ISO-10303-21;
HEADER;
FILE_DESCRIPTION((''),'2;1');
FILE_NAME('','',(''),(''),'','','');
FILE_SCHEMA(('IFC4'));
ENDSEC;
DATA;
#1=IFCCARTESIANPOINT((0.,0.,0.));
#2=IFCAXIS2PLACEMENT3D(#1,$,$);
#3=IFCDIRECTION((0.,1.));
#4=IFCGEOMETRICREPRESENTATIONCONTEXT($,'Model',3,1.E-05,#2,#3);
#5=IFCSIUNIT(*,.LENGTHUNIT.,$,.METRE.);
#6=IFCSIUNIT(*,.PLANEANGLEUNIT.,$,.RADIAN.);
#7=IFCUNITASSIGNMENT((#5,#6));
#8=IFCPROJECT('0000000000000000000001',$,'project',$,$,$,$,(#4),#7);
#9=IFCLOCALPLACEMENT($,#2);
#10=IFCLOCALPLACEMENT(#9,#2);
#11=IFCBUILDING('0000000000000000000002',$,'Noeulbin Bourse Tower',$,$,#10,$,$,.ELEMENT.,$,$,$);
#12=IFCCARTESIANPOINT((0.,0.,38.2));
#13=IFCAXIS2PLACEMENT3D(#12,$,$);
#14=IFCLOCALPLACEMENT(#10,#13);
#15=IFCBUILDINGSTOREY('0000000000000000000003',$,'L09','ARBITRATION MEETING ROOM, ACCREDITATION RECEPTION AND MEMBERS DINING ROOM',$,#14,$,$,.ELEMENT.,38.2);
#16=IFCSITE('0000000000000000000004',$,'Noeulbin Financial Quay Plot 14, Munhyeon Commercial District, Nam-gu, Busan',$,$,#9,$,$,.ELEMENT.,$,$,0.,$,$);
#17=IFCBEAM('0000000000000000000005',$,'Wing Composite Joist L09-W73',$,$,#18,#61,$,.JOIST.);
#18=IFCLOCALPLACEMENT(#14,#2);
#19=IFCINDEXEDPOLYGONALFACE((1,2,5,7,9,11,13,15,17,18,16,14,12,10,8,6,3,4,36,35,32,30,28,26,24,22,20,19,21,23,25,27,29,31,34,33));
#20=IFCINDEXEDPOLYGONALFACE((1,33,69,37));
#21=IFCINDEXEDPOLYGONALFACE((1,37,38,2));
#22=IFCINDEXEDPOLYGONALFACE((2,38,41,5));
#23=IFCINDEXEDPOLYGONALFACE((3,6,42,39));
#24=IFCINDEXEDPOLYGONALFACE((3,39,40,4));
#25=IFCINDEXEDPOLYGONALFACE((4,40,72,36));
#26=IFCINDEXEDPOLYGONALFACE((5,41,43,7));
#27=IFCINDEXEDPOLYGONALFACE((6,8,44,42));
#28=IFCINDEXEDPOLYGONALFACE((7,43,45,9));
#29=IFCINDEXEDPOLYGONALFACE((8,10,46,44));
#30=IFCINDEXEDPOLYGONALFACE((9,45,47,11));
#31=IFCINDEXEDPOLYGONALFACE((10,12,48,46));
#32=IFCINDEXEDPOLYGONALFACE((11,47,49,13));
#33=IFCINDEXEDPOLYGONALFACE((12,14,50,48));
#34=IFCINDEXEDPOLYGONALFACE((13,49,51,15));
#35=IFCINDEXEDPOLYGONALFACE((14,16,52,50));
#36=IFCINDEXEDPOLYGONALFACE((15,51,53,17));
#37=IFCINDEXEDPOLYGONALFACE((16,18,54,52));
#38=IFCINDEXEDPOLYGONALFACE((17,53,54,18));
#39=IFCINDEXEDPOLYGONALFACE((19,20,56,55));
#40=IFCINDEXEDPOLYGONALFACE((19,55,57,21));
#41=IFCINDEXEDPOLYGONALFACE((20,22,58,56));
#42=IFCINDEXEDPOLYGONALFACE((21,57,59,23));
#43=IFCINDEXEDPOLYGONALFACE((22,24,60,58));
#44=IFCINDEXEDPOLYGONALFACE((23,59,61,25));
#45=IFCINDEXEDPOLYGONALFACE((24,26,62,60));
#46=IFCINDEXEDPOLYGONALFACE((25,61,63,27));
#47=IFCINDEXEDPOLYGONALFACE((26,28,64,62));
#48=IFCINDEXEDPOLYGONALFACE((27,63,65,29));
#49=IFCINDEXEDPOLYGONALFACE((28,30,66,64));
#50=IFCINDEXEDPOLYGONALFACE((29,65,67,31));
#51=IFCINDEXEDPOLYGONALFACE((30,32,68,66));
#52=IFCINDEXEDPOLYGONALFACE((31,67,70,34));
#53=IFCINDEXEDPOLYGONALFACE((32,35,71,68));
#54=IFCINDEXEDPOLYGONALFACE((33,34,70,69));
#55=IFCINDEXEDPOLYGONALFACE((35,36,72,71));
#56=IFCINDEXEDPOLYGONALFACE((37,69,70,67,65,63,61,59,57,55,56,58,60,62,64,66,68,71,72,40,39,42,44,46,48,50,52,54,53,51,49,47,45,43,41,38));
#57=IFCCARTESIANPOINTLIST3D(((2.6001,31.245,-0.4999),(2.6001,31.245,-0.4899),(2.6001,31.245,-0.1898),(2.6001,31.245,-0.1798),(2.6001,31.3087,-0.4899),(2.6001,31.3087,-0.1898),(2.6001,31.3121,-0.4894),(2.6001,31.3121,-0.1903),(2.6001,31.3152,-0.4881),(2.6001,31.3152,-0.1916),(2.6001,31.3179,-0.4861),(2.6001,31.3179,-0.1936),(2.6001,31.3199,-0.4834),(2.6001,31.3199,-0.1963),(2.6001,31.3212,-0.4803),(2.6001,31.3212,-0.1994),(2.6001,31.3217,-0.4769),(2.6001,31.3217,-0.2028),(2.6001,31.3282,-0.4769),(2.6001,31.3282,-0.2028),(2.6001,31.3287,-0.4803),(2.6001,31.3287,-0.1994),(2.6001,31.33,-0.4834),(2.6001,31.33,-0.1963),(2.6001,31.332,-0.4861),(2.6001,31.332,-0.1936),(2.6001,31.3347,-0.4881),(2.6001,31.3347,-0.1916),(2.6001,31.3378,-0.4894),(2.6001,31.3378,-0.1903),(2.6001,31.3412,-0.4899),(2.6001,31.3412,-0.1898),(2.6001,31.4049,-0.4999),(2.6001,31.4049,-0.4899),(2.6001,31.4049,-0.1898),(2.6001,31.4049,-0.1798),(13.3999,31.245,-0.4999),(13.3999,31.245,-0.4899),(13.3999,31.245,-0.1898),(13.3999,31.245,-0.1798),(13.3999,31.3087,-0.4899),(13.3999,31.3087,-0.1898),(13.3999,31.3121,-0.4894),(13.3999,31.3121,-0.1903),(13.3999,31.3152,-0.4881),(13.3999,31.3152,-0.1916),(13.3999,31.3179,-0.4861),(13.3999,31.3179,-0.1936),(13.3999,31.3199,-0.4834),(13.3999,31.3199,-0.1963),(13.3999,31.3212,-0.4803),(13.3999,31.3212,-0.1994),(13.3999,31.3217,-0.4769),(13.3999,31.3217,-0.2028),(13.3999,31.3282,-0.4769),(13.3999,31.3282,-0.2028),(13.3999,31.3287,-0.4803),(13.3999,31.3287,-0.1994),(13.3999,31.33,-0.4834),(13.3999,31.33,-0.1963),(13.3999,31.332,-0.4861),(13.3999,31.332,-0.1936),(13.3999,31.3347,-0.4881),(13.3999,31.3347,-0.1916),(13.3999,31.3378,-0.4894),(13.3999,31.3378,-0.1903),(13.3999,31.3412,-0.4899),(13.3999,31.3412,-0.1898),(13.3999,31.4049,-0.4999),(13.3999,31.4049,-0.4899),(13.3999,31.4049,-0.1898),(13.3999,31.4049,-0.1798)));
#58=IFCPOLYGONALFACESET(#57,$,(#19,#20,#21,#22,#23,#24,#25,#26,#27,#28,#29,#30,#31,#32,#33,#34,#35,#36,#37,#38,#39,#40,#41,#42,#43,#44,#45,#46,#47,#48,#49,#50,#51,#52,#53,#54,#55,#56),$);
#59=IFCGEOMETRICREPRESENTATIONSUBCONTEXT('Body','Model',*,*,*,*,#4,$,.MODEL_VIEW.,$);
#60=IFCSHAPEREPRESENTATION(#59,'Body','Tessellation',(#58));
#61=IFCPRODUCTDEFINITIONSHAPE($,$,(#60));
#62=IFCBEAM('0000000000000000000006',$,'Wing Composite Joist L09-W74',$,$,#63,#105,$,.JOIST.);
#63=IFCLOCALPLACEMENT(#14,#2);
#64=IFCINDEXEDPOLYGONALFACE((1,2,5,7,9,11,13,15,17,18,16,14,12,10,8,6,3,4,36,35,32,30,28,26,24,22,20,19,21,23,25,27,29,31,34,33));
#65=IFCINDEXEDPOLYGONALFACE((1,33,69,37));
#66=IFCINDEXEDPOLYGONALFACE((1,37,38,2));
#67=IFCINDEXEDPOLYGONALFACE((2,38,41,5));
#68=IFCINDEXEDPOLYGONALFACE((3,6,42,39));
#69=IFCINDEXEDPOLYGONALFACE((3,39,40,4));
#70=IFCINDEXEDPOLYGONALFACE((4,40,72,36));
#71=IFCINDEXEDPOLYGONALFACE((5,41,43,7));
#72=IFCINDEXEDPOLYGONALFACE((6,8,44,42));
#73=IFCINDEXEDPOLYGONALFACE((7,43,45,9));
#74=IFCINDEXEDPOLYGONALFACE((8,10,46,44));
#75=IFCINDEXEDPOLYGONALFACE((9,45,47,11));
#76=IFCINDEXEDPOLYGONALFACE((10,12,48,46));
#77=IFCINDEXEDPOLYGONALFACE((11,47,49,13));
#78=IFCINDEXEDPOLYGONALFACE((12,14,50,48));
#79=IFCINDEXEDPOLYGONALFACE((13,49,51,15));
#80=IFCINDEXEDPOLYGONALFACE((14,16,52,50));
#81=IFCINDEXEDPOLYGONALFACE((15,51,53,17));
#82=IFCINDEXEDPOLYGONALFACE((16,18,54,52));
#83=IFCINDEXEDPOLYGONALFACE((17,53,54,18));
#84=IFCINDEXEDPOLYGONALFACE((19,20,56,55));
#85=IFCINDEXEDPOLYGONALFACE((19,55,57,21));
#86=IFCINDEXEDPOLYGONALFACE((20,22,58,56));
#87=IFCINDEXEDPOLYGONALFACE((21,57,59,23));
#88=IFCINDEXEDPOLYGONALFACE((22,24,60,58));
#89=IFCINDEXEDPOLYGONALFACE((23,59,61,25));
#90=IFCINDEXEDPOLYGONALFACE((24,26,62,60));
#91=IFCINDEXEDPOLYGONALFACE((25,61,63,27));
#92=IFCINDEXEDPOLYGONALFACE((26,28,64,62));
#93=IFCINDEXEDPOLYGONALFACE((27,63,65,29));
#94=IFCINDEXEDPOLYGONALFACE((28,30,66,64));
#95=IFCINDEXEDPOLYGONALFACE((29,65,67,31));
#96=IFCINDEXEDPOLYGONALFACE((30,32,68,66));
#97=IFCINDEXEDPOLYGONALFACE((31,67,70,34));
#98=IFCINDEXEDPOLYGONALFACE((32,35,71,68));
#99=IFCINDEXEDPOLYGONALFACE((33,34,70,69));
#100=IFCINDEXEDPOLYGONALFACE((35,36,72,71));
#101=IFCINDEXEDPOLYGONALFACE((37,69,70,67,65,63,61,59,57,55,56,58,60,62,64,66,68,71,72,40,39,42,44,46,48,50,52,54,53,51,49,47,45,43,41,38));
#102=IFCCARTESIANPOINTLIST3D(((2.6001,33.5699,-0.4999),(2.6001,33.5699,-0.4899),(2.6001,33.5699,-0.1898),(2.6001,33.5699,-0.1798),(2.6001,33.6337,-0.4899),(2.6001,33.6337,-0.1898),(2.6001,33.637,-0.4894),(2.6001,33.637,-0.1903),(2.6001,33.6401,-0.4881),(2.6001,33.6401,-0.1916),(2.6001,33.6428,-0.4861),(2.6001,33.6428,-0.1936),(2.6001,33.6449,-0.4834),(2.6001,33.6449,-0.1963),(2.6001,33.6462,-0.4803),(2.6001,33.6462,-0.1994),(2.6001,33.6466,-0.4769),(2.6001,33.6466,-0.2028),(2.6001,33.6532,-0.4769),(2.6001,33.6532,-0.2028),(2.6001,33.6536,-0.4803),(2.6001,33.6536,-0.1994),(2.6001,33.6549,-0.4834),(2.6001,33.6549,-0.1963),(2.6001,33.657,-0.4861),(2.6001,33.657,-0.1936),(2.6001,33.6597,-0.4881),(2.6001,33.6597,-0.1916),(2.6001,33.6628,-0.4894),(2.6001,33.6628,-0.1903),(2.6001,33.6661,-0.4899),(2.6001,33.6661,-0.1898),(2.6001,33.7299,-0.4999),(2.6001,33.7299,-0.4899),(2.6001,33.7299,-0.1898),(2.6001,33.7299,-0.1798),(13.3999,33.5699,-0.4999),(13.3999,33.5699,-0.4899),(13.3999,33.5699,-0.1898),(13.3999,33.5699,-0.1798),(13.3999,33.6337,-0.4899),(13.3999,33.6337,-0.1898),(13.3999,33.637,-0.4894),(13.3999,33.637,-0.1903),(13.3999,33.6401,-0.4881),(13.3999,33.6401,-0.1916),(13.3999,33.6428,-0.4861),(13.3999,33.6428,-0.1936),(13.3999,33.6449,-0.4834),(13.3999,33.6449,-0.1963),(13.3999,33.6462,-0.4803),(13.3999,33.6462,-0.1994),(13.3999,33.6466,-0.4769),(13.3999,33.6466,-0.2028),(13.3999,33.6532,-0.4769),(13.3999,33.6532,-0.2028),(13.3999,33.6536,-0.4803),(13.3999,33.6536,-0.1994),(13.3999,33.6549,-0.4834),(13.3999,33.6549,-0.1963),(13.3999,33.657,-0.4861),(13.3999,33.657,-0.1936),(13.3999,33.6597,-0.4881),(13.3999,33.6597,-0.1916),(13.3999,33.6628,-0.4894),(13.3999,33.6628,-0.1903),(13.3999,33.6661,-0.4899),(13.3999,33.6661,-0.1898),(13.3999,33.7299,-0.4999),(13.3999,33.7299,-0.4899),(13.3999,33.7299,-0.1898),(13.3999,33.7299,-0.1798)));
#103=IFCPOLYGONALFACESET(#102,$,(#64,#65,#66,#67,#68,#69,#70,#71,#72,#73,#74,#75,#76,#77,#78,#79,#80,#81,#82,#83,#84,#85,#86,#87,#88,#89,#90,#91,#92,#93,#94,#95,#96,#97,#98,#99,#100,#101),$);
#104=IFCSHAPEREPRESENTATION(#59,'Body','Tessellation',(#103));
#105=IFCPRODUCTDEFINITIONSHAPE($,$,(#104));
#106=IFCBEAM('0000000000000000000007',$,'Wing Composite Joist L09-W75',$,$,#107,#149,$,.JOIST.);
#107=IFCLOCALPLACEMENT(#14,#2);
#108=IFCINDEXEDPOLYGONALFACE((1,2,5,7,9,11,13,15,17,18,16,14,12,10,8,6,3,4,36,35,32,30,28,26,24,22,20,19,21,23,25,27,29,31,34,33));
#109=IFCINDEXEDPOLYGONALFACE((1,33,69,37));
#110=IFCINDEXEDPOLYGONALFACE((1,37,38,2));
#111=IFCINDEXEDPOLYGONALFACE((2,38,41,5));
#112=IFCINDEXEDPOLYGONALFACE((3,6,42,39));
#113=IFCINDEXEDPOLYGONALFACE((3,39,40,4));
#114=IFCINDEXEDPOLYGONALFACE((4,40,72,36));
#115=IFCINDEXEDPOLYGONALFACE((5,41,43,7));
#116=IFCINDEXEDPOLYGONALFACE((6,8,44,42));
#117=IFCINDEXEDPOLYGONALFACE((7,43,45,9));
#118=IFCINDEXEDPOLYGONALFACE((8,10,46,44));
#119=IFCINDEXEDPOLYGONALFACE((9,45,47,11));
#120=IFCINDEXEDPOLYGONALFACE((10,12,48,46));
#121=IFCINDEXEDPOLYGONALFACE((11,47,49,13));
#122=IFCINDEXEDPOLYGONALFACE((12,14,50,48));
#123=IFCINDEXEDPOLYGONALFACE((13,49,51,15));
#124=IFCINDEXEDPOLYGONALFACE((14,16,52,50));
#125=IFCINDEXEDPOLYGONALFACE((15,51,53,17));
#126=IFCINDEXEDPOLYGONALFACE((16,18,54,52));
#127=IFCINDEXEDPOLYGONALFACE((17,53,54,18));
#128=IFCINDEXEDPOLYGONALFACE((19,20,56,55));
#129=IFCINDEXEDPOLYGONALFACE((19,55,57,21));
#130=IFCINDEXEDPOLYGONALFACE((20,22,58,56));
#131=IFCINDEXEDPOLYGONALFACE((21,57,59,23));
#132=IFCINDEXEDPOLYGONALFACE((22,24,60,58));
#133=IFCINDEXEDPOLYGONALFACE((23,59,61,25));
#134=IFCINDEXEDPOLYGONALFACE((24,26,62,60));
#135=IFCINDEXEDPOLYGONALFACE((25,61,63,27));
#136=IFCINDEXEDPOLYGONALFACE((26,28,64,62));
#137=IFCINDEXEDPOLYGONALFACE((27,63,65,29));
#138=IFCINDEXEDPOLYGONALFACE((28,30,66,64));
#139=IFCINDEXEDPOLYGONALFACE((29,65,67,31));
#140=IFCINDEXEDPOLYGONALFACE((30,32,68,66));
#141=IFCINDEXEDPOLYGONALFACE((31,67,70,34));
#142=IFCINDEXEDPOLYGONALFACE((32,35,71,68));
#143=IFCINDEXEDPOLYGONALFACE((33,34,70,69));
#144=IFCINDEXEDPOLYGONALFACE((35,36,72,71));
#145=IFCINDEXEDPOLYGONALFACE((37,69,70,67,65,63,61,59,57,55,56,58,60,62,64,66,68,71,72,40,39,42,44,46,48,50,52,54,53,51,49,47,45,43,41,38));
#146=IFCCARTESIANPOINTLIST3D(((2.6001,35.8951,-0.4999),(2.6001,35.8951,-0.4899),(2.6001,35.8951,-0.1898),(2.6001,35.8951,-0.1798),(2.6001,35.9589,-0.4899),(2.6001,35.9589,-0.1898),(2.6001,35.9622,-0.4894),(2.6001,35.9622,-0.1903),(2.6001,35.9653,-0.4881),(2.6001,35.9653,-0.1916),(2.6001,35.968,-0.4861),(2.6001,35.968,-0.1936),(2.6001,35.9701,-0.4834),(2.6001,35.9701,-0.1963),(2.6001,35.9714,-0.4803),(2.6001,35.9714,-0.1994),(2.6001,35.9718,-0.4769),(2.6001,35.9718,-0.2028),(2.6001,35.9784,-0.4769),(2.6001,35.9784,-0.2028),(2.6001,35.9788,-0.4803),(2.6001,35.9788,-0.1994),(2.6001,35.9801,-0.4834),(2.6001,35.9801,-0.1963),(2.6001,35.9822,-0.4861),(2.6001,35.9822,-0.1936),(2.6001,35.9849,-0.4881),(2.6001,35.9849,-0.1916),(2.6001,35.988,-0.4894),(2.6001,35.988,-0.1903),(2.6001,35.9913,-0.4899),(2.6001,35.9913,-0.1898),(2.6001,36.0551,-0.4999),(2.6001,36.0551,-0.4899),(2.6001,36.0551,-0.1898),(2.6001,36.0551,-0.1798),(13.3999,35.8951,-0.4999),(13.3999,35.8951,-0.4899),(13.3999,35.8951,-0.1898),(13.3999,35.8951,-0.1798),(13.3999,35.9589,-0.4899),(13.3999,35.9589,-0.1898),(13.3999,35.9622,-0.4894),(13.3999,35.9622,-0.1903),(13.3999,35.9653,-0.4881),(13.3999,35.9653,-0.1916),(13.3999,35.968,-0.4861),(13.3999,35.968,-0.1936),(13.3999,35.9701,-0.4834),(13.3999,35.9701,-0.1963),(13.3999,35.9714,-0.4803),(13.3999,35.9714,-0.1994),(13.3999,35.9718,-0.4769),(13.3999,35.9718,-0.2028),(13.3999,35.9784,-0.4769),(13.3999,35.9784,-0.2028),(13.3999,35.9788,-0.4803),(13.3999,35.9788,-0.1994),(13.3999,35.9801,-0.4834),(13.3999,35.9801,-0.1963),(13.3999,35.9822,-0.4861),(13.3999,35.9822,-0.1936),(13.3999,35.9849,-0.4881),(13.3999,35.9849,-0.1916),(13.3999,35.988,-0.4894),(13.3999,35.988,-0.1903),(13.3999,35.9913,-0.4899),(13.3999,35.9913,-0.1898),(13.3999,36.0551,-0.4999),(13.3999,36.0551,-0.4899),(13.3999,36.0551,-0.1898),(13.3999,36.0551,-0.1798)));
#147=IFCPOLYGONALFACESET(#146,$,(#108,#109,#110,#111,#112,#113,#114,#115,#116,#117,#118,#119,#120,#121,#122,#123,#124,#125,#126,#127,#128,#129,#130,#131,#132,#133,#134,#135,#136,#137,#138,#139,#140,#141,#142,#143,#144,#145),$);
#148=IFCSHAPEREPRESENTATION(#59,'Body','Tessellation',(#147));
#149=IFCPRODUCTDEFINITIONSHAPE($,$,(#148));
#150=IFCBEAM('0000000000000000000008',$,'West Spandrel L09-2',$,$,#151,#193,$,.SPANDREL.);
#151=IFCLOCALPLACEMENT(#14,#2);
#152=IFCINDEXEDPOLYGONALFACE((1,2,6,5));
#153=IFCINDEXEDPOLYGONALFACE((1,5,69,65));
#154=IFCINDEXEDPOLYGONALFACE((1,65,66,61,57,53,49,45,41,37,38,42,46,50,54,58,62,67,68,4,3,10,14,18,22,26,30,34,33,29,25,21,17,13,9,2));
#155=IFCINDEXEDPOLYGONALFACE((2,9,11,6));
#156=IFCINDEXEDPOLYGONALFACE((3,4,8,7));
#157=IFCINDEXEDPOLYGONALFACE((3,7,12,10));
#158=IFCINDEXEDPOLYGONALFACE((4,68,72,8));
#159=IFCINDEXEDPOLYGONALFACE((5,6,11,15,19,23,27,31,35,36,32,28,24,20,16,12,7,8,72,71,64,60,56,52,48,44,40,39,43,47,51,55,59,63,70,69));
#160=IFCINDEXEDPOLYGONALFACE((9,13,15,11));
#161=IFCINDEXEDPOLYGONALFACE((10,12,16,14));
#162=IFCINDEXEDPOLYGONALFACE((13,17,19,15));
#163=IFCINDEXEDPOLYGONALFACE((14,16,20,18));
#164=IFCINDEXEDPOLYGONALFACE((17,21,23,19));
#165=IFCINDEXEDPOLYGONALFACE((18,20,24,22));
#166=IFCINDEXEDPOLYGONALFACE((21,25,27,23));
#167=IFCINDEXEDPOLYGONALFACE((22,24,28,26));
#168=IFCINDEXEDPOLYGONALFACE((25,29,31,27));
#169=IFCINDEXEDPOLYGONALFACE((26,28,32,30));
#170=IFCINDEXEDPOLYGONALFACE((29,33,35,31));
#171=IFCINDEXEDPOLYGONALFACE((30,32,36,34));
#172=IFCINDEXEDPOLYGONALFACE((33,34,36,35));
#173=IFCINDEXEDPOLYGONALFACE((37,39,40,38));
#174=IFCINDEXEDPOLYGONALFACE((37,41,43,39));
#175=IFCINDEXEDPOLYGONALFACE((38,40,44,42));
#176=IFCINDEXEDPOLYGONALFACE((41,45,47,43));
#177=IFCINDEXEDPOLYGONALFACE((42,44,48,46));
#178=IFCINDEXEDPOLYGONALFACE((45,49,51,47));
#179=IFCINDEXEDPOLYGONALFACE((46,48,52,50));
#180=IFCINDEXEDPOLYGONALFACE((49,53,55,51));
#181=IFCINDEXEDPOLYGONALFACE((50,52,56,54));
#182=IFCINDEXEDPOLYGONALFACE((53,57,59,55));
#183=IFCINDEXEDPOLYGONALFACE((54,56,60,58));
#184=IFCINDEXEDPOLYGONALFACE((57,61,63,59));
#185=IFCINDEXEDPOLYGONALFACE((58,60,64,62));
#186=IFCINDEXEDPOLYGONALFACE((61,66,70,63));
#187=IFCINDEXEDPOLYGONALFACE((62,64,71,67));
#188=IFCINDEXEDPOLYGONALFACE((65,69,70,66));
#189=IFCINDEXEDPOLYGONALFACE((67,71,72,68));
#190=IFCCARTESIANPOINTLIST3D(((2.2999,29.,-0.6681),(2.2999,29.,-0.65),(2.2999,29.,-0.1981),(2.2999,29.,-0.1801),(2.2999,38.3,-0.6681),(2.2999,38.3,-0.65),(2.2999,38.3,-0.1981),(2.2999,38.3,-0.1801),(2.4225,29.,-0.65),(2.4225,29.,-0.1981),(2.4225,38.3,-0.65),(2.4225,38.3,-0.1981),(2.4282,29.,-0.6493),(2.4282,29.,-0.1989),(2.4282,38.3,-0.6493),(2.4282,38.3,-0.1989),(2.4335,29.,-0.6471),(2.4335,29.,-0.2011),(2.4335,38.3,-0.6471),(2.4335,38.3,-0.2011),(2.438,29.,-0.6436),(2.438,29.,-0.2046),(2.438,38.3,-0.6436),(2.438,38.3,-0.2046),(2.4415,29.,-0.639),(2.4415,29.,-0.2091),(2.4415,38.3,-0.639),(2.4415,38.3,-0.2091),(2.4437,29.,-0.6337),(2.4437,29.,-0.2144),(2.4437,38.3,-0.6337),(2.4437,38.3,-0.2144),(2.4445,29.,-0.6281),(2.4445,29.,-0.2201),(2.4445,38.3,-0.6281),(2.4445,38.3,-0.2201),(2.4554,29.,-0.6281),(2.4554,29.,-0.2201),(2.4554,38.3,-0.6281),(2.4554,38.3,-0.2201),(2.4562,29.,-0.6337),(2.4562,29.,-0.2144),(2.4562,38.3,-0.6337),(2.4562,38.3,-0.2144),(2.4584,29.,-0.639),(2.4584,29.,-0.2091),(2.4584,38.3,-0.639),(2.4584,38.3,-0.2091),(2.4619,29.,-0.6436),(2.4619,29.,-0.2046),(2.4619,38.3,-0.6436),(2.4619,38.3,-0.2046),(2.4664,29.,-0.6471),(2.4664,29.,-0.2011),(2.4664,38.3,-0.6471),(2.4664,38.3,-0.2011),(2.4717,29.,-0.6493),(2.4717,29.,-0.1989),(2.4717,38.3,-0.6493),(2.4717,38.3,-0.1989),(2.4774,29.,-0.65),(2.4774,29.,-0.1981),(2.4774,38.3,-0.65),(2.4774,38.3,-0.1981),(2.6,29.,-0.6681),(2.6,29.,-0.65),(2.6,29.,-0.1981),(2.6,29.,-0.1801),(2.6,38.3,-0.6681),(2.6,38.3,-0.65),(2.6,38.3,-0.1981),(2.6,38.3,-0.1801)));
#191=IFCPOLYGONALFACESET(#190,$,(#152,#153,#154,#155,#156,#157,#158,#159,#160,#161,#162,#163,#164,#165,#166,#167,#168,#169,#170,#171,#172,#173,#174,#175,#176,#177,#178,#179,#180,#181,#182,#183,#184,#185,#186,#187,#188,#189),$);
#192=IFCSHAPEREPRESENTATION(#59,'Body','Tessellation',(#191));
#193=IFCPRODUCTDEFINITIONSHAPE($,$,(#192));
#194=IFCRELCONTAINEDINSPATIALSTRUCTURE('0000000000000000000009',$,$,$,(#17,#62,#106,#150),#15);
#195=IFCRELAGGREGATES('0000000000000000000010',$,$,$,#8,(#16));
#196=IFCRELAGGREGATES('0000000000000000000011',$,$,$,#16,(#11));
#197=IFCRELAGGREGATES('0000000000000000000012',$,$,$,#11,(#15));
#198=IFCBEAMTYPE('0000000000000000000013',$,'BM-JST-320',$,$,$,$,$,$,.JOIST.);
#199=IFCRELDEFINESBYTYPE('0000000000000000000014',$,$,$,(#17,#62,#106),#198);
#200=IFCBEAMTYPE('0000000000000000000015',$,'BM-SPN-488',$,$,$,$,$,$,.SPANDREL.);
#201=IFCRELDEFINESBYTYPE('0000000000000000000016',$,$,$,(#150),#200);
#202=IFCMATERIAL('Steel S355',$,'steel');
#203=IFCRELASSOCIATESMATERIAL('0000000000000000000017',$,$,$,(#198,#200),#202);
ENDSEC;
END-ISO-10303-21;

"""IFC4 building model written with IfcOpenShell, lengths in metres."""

from ifc_helpers import new_model, si_unit, direction, frame, origin, origin_2d, place, context, subcontext, project, spatial, i_section, extrude, material, material_profile, profile_set, type_object, element, save


model = new_model("IFC4")

# Units and contexts
model_context = context("Model", 3, precision=1e-05, world=origin(), true_north=direction((0.0, 1.0)))
body_context = subcontext(model_context, "Body", "Model", "MODEL_VIEW")
ifc_project = project(units=[si_unit("LENGTHUNIT", "METRE"), si_unit("PLANEANGLEUNIT", "RADIAN")], contexts=[model_context])

# Site, building, storey
site_placement = place(None, origin())
site = spatial("IfcSite", under=ifc_project, at=site_placement, Name="Noeulbin Financial Quay Plot 14, Munhyeon Commercial District, Nam-gu, Busan", CompositionType="ELEMENT", RefElevation=0.0)
building_placement = place(site_placement, origin())
building = spatial("IfcBuilding", under=site, at=building_placement, Name="Noeulbin Bourse Tower", CompositionType="ELEMENT")
storey_placement = place(building_placement, frame((0.0, 0.0, 38.2)))
storey = spatial("IfcBuildingStorey", under=building, at=storey_placement, Name="L09", Description="ARBITRATION MEETING ROOM, ACCREDITATION RECEPTION AND MEMBERS DINING ROOM", CompositionType="ELEMENT", Elevation=38.2)

# Beams
ifc_material_1 = material(Name="Steel S355", Category="steel")
ifc_material_profile_1 = material_profile(ifc_material_1, i_section(OverallWidth=0.1599, OverallDepth=0.3201, WebThickness=0.0066, FlangeThickness=0.01, FilletRadius=0.0129, at=origin_2d()), Name="H-320x160x6.5x10", Category="LoadBearing")
ifc_profile_set_1 = profile_set([ifc_material_profile_1], Name="Steel S355")
beam_type_1 = type_object("IfcBeamType", Name="BM-JST-320", PredefinedType="JOIST", material=ifc_profile_set_1)
for number, where, z_axis, x_axis, name in (
    (1, (2.6001, 31.325, -0.3398), (1.0, 0.0, 0.0), (0.0, 1.0, 0.0), "Wing Composite Joist L09-W73"),
    (2, (2.6001, 33.6499, -0.3398), (1.0, 0.0, 0.0), (0.0, 1.0, 0.0), "Wing Composite Joist L09-W74"),
    (3, (2.6001, 35.9751, -0.3398), (1.0, 0.0, 0.0), (0.0, 1.0, 0.0), "Wing Composite Joist L09-W75"),
):
    element("IfcBeam", number, at=place(storey_placement, frame(where, z_axis=z_axis, x_axis=x_axis)), inside=storey, type_object=beam_type_1, Name=name, PredefinedType="JOIST", context=body_context, shape_type="SweptSolid", body=[
        extrude(i_section(OverallWidth=0.1599, OverallDepth=0.3201, WebThickness=0.0066, FlangeThickness=0.01, FilletRadius=0.0129, at=origin_2d()), origin(), (0.0, 0.0, 1.0), 10.7998),
    ])
ifc_material_profile_2 = material_profile(ifc_material_1, i_section(OverallWidth=0.3, OverallDepth=0.488, WebThickness=0.011, FlangeThickness=0.0181, FilletRadius=0.022, at=origin_2d()), Name="H-488x300x11x18", Category="LoadBearing")
ifc_profile_set_2 = profile_set([ifc_material_profile_2], Name="Steel S355")
beam_type_2 = type_object("IfcBeamType", Name="BM-SPN-488", PredefinedType="SPANDREL", material=ifc_profile_set_2)
beam_1_placement = place(storey_placement, frame((2.45, 29.0, -0.4241), z_axis=(0.0, 1.0, 0.0), x_axis=(-1.0, 0.0, 0.0)))
element("IfcBeam", 4, at=beam_1_placement, inside=storey, type_object=beam_type_2, Name="West Spandrel L09-2", PredefinedType="SPANDREL", context=body_context, shape_type="SweptSolid", body=[
    extrude(i_section(OverallWidth=0.3, OverallDepth=0.488, WebThickness=0.011, FlangeThickness=0.0181, FilletRadius=0.022, at=origin_2d()), origin(), (0.0, 0.0, 1.0), 9.3),
])

save(model, "model.ifc")
